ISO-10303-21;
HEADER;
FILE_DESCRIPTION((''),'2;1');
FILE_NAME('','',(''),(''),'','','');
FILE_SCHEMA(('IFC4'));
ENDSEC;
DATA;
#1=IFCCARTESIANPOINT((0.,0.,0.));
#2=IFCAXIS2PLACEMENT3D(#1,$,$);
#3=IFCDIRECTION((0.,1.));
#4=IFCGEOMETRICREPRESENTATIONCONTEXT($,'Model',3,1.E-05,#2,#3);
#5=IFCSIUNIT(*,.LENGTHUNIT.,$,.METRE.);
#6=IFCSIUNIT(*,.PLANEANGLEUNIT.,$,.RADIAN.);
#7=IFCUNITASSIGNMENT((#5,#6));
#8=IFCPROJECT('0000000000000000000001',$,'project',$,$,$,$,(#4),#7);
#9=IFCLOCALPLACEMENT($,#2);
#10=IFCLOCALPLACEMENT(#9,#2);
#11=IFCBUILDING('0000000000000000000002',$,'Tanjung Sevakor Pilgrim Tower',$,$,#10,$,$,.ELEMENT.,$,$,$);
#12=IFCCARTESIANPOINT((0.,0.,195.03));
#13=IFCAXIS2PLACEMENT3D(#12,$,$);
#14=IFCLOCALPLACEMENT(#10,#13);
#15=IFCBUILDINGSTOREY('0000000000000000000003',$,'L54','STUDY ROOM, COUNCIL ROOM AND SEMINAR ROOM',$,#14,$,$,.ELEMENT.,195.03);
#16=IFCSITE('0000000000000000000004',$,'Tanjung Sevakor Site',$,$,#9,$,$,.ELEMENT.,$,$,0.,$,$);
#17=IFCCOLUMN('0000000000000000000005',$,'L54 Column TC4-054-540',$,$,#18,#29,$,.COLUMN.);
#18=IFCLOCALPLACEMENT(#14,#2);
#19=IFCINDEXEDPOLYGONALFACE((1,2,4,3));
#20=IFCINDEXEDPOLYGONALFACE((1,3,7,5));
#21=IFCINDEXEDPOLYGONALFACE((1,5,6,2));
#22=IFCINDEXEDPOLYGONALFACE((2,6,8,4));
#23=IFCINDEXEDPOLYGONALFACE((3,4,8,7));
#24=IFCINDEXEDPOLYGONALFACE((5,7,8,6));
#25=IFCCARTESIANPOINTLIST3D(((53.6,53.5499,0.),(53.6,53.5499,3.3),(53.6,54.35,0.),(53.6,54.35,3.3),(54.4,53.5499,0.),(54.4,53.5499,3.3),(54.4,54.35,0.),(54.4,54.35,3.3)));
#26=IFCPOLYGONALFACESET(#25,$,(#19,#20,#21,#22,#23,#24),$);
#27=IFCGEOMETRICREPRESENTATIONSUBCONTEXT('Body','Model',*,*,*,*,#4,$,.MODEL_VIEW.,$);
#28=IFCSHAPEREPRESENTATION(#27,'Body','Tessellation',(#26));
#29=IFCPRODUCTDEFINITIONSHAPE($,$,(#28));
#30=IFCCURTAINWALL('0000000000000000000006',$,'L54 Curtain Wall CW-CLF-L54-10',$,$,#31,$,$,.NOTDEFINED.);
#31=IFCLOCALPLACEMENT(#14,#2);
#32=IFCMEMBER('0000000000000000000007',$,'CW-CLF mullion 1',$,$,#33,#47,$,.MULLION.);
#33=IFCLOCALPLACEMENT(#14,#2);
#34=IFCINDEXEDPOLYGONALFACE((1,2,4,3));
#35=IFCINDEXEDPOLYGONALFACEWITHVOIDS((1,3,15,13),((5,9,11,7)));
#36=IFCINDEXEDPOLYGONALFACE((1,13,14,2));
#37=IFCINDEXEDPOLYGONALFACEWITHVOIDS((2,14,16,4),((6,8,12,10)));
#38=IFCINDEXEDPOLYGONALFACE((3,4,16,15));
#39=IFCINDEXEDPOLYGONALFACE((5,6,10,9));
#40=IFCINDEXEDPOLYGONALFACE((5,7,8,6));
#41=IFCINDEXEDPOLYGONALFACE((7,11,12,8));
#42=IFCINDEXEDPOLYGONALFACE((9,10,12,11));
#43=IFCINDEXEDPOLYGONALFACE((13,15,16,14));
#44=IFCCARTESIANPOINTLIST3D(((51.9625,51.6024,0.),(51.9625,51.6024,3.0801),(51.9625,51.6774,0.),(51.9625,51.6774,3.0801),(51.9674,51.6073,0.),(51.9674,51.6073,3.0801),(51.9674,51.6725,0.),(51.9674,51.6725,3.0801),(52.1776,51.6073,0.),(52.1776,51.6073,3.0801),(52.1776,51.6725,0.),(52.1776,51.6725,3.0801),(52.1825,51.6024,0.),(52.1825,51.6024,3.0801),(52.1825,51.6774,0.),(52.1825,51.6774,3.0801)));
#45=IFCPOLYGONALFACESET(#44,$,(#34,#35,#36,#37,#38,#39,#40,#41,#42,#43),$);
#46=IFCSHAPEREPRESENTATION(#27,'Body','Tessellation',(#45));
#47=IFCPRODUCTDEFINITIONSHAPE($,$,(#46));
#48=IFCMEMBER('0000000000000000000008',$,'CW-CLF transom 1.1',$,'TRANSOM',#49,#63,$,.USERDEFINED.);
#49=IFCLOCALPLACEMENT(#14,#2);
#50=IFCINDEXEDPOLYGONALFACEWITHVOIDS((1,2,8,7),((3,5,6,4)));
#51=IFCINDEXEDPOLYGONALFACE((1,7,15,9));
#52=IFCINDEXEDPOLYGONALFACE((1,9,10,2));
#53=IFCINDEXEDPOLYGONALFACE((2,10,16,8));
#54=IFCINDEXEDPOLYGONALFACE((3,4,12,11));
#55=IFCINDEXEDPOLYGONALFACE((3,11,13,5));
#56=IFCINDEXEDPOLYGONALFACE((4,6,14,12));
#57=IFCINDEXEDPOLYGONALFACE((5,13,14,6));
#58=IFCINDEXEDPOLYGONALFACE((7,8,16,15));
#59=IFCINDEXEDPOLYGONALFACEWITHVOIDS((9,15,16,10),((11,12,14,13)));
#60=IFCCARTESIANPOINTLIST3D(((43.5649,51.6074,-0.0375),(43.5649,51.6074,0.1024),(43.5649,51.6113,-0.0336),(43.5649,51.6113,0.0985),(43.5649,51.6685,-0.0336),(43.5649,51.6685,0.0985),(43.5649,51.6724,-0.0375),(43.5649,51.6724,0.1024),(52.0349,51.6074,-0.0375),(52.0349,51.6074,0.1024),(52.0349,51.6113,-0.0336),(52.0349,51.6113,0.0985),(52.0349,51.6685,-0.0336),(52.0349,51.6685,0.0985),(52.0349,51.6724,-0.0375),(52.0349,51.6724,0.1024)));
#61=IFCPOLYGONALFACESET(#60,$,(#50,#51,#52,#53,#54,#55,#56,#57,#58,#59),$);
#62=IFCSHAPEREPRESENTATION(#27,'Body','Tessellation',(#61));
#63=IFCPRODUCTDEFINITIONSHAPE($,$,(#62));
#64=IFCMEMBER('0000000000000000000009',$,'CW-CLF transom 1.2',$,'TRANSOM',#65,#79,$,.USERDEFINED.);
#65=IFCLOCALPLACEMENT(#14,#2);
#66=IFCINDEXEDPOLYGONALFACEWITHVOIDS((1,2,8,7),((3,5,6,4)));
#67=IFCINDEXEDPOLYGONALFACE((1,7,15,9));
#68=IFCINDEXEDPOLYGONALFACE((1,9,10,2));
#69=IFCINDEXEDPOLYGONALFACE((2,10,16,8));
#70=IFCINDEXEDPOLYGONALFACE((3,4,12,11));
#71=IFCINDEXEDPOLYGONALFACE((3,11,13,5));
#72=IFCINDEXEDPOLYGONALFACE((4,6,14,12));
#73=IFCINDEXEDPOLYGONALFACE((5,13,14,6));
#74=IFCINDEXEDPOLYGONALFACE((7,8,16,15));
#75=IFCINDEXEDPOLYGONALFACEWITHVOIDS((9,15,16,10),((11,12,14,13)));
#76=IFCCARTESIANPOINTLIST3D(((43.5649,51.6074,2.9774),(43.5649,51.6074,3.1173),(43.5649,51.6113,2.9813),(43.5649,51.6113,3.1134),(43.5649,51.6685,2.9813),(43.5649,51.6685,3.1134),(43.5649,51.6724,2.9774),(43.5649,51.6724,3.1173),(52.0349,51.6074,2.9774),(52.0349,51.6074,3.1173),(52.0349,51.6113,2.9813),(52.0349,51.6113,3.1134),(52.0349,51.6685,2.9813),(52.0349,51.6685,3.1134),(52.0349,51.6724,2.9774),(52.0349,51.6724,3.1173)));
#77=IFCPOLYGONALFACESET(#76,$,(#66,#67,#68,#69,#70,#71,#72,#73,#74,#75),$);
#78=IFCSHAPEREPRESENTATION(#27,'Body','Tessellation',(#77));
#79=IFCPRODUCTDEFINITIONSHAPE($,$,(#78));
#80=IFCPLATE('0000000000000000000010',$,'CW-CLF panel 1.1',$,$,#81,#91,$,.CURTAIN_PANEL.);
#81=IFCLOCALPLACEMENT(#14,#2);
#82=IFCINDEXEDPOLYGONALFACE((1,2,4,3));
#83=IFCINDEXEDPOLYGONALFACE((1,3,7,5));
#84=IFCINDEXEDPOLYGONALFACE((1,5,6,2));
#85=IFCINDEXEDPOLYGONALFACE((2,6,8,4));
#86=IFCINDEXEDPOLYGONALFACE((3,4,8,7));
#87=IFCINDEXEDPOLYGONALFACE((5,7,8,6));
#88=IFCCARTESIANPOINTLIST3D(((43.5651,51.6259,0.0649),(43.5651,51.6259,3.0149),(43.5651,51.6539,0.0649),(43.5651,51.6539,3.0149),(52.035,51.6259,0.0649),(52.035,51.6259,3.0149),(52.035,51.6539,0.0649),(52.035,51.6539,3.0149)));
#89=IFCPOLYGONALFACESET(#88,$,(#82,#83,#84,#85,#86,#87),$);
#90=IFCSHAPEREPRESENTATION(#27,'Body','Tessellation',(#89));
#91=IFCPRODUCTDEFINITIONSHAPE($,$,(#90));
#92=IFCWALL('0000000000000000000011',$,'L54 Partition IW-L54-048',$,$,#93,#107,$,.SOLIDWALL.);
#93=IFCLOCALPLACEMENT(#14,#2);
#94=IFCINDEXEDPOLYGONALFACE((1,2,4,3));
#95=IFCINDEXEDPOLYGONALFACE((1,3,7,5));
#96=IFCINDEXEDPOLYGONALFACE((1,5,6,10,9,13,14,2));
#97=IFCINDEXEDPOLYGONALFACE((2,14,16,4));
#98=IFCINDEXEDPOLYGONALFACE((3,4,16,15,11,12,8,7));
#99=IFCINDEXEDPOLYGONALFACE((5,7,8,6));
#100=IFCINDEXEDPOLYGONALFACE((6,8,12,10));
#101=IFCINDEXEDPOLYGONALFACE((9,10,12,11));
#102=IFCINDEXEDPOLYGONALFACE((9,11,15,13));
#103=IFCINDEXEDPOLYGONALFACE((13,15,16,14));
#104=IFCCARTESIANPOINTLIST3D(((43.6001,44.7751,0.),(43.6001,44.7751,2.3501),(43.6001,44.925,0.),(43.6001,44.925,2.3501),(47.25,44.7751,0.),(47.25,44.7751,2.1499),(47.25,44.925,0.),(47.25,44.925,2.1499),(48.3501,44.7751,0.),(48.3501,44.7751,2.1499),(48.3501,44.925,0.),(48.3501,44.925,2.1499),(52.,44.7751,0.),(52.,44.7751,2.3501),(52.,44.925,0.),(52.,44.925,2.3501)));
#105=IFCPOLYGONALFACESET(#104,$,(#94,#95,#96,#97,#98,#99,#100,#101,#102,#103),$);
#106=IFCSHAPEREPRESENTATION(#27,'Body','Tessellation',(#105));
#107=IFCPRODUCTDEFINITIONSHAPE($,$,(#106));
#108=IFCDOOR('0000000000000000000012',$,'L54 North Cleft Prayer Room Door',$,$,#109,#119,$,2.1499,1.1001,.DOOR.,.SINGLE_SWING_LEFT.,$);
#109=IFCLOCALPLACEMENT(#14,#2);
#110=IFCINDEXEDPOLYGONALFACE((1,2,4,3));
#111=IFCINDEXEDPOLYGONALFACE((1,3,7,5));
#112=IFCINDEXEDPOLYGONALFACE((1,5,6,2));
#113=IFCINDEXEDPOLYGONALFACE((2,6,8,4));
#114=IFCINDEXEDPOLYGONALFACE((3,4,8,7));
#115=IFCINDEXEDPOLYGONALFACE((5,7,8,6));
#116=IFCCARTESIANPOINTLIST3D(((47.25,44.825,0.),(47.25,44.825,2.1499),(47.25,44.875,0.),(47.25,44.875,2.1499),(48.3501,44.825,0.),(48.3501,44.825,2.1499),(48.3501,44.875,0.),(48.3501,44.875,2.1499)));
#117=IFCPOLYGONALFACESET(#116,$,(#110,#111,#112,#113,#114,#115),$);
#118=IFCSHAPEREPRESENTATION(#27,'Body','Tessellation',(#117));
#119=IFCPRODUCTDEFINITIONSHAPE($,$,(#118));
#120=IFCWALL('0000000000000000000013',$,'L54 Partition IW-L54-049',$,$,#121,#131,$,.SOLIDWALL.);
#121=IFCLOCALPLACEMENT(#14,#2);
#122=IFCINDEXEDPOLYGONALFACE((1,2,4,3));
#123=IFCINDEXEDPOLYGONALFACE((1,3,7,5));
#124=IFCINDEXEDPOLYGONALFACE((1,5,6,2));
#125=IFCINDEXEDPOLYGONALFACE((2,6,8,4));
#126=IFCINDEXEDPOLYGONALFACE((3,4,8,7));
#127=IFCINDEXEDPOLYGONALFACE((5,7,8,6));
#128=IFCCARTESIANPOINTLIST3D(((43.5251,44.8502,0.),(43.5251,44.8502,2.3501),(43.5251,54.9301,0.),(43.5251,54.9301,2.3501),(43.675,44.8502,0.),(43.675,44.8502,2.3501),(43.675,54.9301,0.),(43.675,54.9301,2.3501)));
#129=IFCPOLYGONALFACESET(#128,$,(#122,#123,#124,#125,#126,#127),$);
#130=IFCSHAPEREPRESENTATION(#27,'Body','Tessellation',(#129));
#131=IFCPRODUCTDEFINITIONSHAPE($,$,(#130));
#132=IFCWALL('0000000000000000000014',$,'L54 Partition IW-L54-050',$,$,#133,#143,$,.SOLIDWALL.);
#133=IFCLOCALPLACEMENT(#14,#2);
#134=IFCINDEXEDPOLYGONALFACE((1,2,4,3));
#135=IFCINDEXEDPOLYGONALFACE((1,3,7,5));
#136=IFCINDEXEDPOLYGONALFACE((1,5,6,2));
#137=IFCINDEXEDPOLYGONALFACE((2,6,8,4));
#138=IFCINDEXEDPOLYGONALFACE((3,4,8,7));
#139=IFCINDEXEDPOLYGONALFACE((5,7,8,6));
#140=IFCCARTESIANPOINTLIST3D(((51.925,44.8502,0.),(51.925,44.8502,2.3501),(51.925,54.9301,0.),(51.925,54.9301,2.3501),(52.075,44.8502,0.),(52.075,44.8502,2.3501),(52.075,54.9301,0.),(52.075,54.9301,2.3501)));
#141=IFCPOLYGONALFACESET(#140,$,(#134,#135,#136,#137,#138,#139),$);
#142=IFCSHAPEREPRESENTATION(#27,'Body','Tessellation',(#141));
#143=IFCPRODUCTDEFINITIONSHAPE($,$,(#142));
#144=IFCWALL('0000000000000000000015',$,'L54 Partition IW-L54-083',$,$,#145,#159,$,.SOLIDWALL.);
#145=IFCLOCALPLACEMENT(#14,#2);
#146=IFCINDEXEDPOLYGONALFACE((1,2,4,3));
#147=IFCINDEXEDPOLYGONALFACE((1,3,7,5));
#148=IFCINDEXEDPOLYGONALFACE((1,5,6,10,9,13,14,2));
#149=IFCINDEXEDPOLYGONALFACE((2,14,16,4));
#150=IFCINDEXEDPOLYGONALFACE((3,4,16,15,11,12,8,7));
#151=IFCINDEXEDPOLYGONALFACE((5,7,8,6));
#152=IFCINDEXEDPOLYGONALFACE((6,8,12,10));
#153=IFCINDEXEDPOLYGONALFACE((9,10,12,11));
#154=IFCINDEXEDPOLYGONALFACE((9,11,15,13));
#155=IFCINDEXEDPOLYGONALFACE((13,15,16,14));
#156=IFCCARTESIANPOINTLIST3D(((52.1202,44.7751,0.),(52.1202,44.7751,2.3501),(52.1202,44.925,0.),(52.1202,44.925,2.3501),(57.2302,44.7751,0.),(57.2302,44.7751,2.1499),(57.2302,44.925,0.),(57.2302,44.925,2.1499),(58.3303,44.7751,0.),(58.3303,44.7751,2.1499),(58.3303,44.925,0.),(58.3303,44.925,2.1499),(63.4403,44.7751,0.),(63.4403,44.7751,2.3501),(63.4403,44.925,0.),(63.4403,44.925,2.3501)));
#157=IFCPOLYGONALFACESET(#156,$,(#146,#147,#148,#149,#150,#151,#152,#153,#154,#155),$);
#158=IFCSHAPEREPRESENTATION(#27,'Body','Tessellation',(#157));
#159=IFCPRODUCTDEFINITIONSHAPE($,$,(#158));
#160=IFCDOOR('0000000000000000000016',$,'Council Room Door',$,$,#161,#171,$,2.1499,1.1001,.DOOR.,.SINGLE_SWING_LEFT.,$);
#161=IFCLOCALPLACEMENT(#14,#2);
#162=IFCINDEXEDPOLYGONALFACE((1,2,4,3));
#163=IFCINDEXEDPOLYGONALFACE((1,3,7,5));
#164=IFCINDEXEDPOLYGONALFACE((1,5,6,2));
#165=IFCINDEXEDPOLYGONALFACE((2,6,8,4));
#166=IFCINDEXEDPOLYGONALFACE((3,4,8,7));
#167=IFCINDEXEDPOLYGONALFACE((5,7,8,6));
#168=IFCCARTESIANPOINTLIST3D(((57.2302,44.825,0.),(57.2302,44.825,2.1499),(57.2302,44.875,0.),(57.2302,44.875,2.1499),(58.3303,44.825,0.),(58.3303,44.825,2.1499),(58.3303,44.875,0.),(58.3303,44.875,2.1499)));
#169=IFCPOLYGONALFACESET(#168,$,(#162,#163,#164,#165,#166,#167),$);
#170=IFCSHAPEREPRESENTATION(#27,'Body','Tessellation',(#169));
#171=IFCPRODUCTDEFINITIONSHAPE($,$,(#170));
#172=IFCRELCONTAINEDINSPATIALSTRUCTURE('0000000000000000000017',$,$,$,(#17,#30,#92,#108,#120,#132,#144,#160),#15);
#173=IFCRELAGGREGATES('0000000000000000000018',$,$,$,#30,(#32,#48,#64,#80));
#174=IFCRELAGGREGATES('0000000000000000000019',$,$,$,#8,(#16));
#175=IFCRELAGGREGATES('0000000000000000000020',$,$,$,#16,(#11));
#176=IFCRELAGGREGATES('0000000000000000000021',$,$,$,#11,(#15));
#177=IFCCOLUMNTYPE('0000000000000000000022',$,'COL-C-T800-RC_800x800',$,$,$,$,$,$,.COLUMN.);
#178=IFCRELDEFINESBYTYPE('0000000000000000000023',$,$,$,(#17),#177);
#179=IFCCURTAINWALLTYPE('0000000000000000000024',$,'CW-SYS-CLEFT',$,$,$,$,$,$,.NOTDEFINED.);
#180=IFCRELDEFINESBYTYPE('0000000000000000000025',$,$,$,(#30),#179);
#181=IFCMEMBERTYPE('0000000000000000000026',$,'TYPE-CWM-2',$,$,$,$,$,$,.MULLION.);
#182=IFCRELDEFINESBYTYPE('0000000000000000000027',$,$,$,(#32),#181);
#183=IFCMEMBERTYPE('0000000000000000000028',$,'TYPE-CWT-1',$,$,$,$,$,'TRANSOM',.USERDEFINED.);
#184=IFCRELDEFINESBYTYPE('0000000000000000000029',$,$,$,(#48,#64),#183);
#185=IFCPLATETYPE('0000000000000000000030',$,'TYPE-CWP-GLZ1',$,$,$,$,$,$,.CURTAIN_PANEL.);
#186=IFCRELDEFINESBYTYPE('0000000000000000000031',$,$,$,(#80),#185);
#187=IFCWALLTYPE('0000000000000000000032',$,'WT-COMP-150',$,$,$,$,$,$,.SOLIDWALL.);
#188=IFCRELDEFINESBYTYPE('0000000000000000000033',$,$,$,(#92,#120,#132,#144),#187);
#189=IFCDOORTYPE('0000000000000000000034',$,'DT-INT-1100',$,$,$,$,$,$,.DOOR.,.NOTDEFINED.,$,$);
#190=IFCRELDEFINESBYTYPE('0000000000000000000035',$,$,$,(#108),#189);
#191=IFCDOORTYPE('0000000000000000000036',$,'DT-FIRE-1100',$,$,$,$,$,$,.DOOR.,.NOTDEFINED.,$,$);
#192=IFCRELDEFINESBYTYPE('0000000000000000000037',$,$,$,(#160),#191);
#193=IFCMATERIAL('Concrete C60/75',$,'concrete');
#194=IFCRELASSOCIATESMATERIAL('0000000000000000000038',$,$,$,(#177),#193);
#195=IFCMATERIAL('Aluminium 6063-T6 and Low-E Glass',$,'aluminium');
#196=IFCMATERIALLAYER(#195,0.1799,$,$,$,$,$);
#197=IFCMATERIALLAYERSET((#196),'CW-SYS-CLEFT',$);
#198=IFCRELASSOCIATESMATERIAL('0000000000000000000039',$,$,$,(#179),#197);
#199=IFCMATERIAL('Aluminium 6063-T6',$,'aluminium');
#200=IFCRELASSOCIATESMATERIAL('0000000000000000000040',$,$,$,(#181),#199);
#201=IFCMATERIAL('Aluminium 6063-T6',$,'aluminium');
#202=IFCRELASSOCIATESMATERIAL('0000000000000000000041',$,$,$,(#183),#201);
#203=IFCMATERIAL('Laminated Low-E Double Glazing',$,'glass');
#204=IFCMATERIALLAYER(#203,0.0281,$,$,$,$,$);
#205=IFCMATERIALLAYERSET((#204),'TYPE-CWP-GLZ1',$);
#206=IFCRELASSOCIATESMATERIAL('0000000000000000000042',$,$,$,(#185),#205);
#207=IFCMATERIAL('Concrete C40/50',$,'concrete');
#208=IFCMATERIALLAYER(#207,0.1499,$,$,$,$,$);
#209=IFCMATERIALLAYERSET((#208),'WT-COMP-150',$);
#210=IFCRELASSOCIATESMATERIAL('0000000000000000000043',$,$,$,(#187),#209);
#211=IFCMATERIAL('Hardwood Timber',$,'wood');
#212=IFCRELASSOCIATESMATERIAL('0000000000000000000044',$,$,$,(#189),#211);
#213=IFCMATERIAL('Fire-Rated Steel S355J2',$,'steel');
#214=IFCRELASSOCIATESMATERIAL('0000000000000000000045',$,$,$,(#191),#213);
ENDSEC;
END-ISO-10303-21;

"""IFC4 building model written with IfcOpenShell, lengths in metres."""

from ifc_helpers import new_model, si_unit, direction, frame, frame_2d, origin, origin_2d, place, context, subcontext, project, spatial, rectangle, hollow_rectangle, extrude, material, layer, layer_set, material_profile, profile_set, type_object, element, fill, aggregate, save


model = new_model("IFC4")

# Units and contexts
model_context = context("Model", 3, precision=1e-05, world=origin(), true_north=direction((0.0, 1.0)))
body_context = subcontext(model_context, "Body", "Model", "MODEL_VIEW")
ifc_project = project(units=[si_unit("LENGTHUNIT", "METRE"), si_unit("PLANEANGLEUNIT", "RADIAN")], contexts=[model_context])

# Site, building, storey
site_placement = place(None, origin())
site = spatial("IfcSite", under=ifc_project, at=site_placement, Name="Tanjung Sevakor Site", CompositionType="ELEMENT", RefElevation=0.0)
building_placement = place(site_placement, origin())
building = spatial("IfcBuilding", under=site, at=building_placement, Name="Tanjung Sevakor Pilgrim Tower", CompositionType="ELEMENT")
storey_placement = place(building_placement, frame((0.0, 0.0, 195.03)))
storey = spatial("IfcBuildingStorey", under=building, at=storey_placement, Name="L54", Description="STUDY ROOM, COUNCIL ROOM AND SEMINAR ROOM", CompositionType="ELEMENT", Elevation=195.03)

# Column
ifc_material_1 = material(Name="Concrete C60/75", Category="concrete")
ifc_material_profile_1 = material_profile(ifc_material_1, rectangle(XDim=0.8, YDim=0.8, at=origin_2d()))
ifc_profile_set_1 = profile_set([ifc_material_profile_1], Name="Concrete C60/75")
column_type = type_object("IfcColumnType", Name="COL-C-T800-RC_800x800", PredefinedType="COLUMN", material=ifc_profile_set_1)
column_placement = place(storey_placement, frame((54.0, 53.95, 0.0), z_axis=(0.0, 0.0, 1.0), x_axis=(1.0, 0.0, 0.0)))
element("IfcColumn", 1, at=column_placement, inside=storey, type_object=column_type, Name="L54 Column TC4-054-540", PredefinedType="COLUMN", context=body_context, shape_type="SweptSolid", body=[
    extrude(rectangle(XDim=0.8, YDim=0.8, at=origin_2d()), origin(), (0.0, 0.0, 1.0), 3.3),
])

# Curtain wall, members, plate
ifc_material_2 = material(Name="Aluminium 6063-T6 and Low-E Glass", Category="aluminium")
ifc_layer_1 = layer(ifc_material_2, 0.1799)
ifc_layer_set_1 = layer_set([ifc_layer_1], Name="CW-SYS-CLEFT")
curtain_wall_type = type_object("IfcCurtainWallType", Name="CW-SYS-CLEFT", PredefinedType="NOTDEFINED", material=ifc_layer_set_1)
curtain_wall_placement = place(storey_placement, origin())
curtain_wall = element("IfcCurtainWall", 2, at=curtain_wall_placement, inside=storey, type_object=curtain_wall_type, Name="L54 Curtain Wall CW-CLF-L54-10", PredefinedType="NOTDEFINED")
ifc_material_3 = material(Name="Aluminium 6063-T6", Category="aluminium")
ifc_material_profile_2 = material_profile(ifc_material_3, hollow_rectangle(XDim=0.075, YDim=0.22, WallThickness=0.0049, at=origin_2d()))
ifc_profile_set_2 = profile_set([ifc_material_profile_2], Name="Aluminium 6063-T6")
member_type_1 = type_object("IfcMemberType", Name="TYPE-CWM-2", PredefinedType="MULLION", material=ifc_profile_set_2)
member_1_placement = place(storey_placement, frame((52.0725, 51.6399, 0.0), z_axis=(0.0, 0.0, 1.0), x_axis=(0.0, -1.0, 0.0)))
member_1 = element("IfcMember", 3, at=member_1_placement, type_object=member_type_1, Name="CW-CLF mullion 1", PredefinedType="MULLION", context=body_context, shape_type="SweptSolid", body=[
    extrude(hollow_rectangle(XDim=0.075, YDim=0.22, WallThickness=0.0049, at=origin_2d()), origin(), (0.0, 0.0, 1.0), 3.0801),
])
ifc_material_4 = material(Name="Aluminium 6063-T6", Category="aluminium")
ifc_material_profile_3 = material_profile(ifc_material_4, hollow_rectangle(XDim=0.0649, YDim=0.1399, WallThickness=0.0039, at=origin_2d()))
ifc_profile_set_3 = profile_set([ifc_material_profile_3], Name="Aluminium 6063-T6")
member_type_2 = type_object("IfcMemberType", Name="TYPE-CWT-1", ElementType="TRANSOM", PredefinedType="USERDEFINED", material=ifc_profile_set_3)
member_2_placement = place(storey_placement, frame((52.0349, 51.6399, 0.0325), z_axis=(-1.0, 0.0, 0.0), x_axis=(0.0, -1.0, 0.0)))
member_2 = element("IfcMember", 4, at=member_2_placement, type_object=member_type_2, Name="CW-CLF transom 1.1", ObjectType="TRANSOM", PredefinedType="USERDEFINED", context=body_context, shape_type="SweptSolid", body=[
    extrude(hollow_rectangle(XDim=0.0649, YDim=0.1399, WallThickness=0.0039, at=origin_2d()), origin(), (0.0, 0.0, 1.0), 8.47),
])
member_3_placement = place(storey_placement, frame((52.0349, 51.6399, 3.0474), z_axis=(-1.0, 0.0, 0.0), x_axis=(0.0, -1.0, 0.0)))
member_3 = element("IfcMember", 5, at=member_3_placement, type_object=member_type_2, Name="CW-CLF transom 1.2", ObjectType="TRANSOM", PredefinedType="USERDEFINED", context=body_context, shape_type="SweptSolid", body=[
    extrude(hollow_rectangle(XDim=0.0649, YDim=0.1399, WallThickness=0.0039, at=origin_2d()), origin(), (0.0, 0.0, 1.0), 8.47),
])
ifc_material_5 = material(Name="Laminated Low-E Double Glazing", Category="glass")
ifc_layer_2 = layer(ifc_material_5, 0.0281)
ifc_layer_set_2 = layer_set([ifc_layer_2], Name="TYPE-CWP-GLZ1")
plate_type = type_object("IfcPlateType", Name="TYPE-CWP-GLZ1", PredefinedType="CURTAIN_PANEL", material=ifc_layer_set_2)
plate_placement = place(storey_placement, frame((47.8, 51.6399, 0.0649), z_axis=(0.0, 0.0, 1.0), x_axis=(-1.0, 0.0, 0.0)))
plate = element("IfcPlate", 6, at=plate_placement, type_object=plate_type, Name="CW-CLF panel 1.1", PredefinedType="CURTAIN_PANEL", context=body_context, shape_type="SweptSolid", body=[
    extrude(rectangle(XDim=8.47, YDim=0.0281, at=origin_2d()), origin(), (0.0, 0.0, 1.0), 2.95),
])
aggregate(curtain_wall, [member_1, member_2, member_3, plate])

# Wall, opening, door
ifc_material_6 = material(Name="Concrete C40/50", Category="concrete")
ifc_layer_3 = layer(ifc_material_6, 0.1499)
ifc_layer_set_3 = layer_set([ifc_layer_3], Name="WT-COMP-150")
wall_type_1 = type_object("IfcWallType", Name="WT-COMP-150", PredefinedType="SOLIDWALL", material=ifc_layer_set_3)
wall_1_placement = place(storey_placement, frame((43.6001, 44.8501, 0.0), z_axis=(0.0, 0.0, 1.0), x_axis=(1.0, 0.0, 0.0)))
wall_1 = element("IfcWall", 7, at=wall_1_placement, inside=storey, type_object=wall_type_1, Name="L54 Partition IW-L54-048", PredefinedType="SOLIDWALL", context=body_context, shape_type="SweptSolid", body=[
    extrude(rectangle(XDim=8.3999, YDim=0.1499, at=frame_2d((4.2, 0.0))), origin(), (0.0, 0.0, 1.0), 2.3501),
])
opening_1_placement = place(wall_1_placement, frame((3.6499, 0.0, 0.0)))
opening_1 = element("IfcOpeningElement", 8, at=opening_1_placement, cuts=wall_1, PredefinedType="OPENING", context=body_context, shape_type="SweptSolid", body=[
    extrude(rectangle(XDim=1.1001, YDim=2.1499, at=frame_2d((0.55, 1.075))), frame((0.0, 0.085, 0.0), z_axis=(0.0, -1.0, 0.0), x_axis=(1.0, 0.0, 0.0)), (0.0, 0.0, 1.0), 0.1699),
])
ifc_material_7 = material(Name="Hardwood Timber", Category="wood")
door_type_1 = type_object("IfcDoorType", Name="DT-INT-1100", OperationType="NOTDEFINED", PredefinedType="DOOR", material=ifc_material_7)
door_1_placement = place(opening_1_placement, origin())
door_1 = element("IfcDoor", 9, at=door_1_placement, inside=storey, type_object=door_type_1, Name="L54 North Cleft Prayer Room Door", OperationType="SINGLE_SWING_LEFT", OverallHeight=2.1499, OverallWidth=1.1001, PredefinedType="DOOR", context=body_context, shape_type="SweptSolid", body=[
    extrude(rectangle(XDim=1.1001, YDim=2.1499, at=frame_2d((0.55, 1.075))), frame((0.0, 0.0249, 0.0), z_axis=(0.0, -1.0, 0.0), x_axis=(1.0, 0.0, 0.0)), (0.0, 0.0, 1.0), 0.05),
])
fill(opening_1, door_1)

# Walls
for number, where, z_axis, x_axis, name in (
    (10, (43.6001, 44.8501, 0.0), (0.0, 0.0, 1.0), (0.0, 1.0, 0.0), "L54 Partition IW-L54-049"),
    (11, (52.0, 44.8501, 0.0), (0.0, 0.0, 1.0), (0.0, 1.0, 0.0), "L54 Partition IW-L54-050"),
):
    element("IfcWall", number, at=place(storey_placement, frame(where, z_axis=z_axis, x_axis=x_axis)), inside=storey, type_object=wall_type_1, Name=name, PredefinedType="SOLIDWALL", context=body_context, shape_type="SweptSolid", body=[
        extrude(rectangle(XDim=10.0798, YDim=0.1499, at=frame_2d((5.04, 0.0))), origin(), (0.0, 0.0, 1.0), 2.3501),
    ])

# Wall, opening, door
wall_2_placement = place(storey_placement, frame((52.1201, 44.8501, 0.0), z_axis=(0.0, 0.0, 1.0), x_axis=(1.0, 0.0, 0.0)))
wall_2 = element("IfcWall", 12, at=wall_2_placement, inside=storey, type_object=wall_type_1, Name="L54 Partition IW-L54-083", PredefinedType="SOLIDWALL", context=body_context, shape_type="SweptSolid", body=[
    extrude(rectangle(XDim=11.3201, YDim=0.1499, at=frame_2d((5.6602, 0.0))), origin(), (0.0, 0.0, 1.0), 2.3501),
])
opening_2_placement = place(wall_2_placement, frame((5.1101, 0.0, 0.0)))
opening_2 = element("IfcOpeningElement", 13, at=opening_2_placement, cuts=wall_2, PredefinedType="OPENING", context=body_context, shape_type="SweptSolid", body=[
    extrude(rectangle(XDim=1.1001, YDim=2.1499, at=frame_2d((0.55, 1.075))), frame((0.0, 0.085, 0.0), z_axis=(0.0, -1.0, 0.0), x_axis=(1.0, 0.0, 0.0)), (0.0, 0.0, 1.0), 0.1699),
])
ifc_material_8 = material(Name="Fire-Rated Steel S355J2", Category="steel")
door_type_2 = type_object("IfcDoorType", Name="DT-FIRE-1100", OperationType="NOTDEFINED", PredefinedType="DOOR", material=ifc_material_8)
door_2_placement = place(opening_2_placement, origin())
door_2 = element("IfcDoor", 14, at=door_2_placement, inside=storey, type_object=door_type_2, Name="Council Room Door", OperationType="SINGLE_SWING_LEFT", OverallHeight=2.1499, OverallWidth=1.1001, PredefinedType="DOOR", context=body_context, shape_type="SweptSolid", body=[
    extrude(rectangle(XDim=1.1001, YDim=2.1499, at=frame_2d((0.55, 1.075))), frame((0.0, 0.0249, 0.0), z_axis=(0.0, -1.0, 0.0), x_axis=(1.0, 0.0, 0.0)), (0.0, 0.0, 1.0), 0.05),
])
fill(opening_2, door_2)

save(model, "model.ifc")
